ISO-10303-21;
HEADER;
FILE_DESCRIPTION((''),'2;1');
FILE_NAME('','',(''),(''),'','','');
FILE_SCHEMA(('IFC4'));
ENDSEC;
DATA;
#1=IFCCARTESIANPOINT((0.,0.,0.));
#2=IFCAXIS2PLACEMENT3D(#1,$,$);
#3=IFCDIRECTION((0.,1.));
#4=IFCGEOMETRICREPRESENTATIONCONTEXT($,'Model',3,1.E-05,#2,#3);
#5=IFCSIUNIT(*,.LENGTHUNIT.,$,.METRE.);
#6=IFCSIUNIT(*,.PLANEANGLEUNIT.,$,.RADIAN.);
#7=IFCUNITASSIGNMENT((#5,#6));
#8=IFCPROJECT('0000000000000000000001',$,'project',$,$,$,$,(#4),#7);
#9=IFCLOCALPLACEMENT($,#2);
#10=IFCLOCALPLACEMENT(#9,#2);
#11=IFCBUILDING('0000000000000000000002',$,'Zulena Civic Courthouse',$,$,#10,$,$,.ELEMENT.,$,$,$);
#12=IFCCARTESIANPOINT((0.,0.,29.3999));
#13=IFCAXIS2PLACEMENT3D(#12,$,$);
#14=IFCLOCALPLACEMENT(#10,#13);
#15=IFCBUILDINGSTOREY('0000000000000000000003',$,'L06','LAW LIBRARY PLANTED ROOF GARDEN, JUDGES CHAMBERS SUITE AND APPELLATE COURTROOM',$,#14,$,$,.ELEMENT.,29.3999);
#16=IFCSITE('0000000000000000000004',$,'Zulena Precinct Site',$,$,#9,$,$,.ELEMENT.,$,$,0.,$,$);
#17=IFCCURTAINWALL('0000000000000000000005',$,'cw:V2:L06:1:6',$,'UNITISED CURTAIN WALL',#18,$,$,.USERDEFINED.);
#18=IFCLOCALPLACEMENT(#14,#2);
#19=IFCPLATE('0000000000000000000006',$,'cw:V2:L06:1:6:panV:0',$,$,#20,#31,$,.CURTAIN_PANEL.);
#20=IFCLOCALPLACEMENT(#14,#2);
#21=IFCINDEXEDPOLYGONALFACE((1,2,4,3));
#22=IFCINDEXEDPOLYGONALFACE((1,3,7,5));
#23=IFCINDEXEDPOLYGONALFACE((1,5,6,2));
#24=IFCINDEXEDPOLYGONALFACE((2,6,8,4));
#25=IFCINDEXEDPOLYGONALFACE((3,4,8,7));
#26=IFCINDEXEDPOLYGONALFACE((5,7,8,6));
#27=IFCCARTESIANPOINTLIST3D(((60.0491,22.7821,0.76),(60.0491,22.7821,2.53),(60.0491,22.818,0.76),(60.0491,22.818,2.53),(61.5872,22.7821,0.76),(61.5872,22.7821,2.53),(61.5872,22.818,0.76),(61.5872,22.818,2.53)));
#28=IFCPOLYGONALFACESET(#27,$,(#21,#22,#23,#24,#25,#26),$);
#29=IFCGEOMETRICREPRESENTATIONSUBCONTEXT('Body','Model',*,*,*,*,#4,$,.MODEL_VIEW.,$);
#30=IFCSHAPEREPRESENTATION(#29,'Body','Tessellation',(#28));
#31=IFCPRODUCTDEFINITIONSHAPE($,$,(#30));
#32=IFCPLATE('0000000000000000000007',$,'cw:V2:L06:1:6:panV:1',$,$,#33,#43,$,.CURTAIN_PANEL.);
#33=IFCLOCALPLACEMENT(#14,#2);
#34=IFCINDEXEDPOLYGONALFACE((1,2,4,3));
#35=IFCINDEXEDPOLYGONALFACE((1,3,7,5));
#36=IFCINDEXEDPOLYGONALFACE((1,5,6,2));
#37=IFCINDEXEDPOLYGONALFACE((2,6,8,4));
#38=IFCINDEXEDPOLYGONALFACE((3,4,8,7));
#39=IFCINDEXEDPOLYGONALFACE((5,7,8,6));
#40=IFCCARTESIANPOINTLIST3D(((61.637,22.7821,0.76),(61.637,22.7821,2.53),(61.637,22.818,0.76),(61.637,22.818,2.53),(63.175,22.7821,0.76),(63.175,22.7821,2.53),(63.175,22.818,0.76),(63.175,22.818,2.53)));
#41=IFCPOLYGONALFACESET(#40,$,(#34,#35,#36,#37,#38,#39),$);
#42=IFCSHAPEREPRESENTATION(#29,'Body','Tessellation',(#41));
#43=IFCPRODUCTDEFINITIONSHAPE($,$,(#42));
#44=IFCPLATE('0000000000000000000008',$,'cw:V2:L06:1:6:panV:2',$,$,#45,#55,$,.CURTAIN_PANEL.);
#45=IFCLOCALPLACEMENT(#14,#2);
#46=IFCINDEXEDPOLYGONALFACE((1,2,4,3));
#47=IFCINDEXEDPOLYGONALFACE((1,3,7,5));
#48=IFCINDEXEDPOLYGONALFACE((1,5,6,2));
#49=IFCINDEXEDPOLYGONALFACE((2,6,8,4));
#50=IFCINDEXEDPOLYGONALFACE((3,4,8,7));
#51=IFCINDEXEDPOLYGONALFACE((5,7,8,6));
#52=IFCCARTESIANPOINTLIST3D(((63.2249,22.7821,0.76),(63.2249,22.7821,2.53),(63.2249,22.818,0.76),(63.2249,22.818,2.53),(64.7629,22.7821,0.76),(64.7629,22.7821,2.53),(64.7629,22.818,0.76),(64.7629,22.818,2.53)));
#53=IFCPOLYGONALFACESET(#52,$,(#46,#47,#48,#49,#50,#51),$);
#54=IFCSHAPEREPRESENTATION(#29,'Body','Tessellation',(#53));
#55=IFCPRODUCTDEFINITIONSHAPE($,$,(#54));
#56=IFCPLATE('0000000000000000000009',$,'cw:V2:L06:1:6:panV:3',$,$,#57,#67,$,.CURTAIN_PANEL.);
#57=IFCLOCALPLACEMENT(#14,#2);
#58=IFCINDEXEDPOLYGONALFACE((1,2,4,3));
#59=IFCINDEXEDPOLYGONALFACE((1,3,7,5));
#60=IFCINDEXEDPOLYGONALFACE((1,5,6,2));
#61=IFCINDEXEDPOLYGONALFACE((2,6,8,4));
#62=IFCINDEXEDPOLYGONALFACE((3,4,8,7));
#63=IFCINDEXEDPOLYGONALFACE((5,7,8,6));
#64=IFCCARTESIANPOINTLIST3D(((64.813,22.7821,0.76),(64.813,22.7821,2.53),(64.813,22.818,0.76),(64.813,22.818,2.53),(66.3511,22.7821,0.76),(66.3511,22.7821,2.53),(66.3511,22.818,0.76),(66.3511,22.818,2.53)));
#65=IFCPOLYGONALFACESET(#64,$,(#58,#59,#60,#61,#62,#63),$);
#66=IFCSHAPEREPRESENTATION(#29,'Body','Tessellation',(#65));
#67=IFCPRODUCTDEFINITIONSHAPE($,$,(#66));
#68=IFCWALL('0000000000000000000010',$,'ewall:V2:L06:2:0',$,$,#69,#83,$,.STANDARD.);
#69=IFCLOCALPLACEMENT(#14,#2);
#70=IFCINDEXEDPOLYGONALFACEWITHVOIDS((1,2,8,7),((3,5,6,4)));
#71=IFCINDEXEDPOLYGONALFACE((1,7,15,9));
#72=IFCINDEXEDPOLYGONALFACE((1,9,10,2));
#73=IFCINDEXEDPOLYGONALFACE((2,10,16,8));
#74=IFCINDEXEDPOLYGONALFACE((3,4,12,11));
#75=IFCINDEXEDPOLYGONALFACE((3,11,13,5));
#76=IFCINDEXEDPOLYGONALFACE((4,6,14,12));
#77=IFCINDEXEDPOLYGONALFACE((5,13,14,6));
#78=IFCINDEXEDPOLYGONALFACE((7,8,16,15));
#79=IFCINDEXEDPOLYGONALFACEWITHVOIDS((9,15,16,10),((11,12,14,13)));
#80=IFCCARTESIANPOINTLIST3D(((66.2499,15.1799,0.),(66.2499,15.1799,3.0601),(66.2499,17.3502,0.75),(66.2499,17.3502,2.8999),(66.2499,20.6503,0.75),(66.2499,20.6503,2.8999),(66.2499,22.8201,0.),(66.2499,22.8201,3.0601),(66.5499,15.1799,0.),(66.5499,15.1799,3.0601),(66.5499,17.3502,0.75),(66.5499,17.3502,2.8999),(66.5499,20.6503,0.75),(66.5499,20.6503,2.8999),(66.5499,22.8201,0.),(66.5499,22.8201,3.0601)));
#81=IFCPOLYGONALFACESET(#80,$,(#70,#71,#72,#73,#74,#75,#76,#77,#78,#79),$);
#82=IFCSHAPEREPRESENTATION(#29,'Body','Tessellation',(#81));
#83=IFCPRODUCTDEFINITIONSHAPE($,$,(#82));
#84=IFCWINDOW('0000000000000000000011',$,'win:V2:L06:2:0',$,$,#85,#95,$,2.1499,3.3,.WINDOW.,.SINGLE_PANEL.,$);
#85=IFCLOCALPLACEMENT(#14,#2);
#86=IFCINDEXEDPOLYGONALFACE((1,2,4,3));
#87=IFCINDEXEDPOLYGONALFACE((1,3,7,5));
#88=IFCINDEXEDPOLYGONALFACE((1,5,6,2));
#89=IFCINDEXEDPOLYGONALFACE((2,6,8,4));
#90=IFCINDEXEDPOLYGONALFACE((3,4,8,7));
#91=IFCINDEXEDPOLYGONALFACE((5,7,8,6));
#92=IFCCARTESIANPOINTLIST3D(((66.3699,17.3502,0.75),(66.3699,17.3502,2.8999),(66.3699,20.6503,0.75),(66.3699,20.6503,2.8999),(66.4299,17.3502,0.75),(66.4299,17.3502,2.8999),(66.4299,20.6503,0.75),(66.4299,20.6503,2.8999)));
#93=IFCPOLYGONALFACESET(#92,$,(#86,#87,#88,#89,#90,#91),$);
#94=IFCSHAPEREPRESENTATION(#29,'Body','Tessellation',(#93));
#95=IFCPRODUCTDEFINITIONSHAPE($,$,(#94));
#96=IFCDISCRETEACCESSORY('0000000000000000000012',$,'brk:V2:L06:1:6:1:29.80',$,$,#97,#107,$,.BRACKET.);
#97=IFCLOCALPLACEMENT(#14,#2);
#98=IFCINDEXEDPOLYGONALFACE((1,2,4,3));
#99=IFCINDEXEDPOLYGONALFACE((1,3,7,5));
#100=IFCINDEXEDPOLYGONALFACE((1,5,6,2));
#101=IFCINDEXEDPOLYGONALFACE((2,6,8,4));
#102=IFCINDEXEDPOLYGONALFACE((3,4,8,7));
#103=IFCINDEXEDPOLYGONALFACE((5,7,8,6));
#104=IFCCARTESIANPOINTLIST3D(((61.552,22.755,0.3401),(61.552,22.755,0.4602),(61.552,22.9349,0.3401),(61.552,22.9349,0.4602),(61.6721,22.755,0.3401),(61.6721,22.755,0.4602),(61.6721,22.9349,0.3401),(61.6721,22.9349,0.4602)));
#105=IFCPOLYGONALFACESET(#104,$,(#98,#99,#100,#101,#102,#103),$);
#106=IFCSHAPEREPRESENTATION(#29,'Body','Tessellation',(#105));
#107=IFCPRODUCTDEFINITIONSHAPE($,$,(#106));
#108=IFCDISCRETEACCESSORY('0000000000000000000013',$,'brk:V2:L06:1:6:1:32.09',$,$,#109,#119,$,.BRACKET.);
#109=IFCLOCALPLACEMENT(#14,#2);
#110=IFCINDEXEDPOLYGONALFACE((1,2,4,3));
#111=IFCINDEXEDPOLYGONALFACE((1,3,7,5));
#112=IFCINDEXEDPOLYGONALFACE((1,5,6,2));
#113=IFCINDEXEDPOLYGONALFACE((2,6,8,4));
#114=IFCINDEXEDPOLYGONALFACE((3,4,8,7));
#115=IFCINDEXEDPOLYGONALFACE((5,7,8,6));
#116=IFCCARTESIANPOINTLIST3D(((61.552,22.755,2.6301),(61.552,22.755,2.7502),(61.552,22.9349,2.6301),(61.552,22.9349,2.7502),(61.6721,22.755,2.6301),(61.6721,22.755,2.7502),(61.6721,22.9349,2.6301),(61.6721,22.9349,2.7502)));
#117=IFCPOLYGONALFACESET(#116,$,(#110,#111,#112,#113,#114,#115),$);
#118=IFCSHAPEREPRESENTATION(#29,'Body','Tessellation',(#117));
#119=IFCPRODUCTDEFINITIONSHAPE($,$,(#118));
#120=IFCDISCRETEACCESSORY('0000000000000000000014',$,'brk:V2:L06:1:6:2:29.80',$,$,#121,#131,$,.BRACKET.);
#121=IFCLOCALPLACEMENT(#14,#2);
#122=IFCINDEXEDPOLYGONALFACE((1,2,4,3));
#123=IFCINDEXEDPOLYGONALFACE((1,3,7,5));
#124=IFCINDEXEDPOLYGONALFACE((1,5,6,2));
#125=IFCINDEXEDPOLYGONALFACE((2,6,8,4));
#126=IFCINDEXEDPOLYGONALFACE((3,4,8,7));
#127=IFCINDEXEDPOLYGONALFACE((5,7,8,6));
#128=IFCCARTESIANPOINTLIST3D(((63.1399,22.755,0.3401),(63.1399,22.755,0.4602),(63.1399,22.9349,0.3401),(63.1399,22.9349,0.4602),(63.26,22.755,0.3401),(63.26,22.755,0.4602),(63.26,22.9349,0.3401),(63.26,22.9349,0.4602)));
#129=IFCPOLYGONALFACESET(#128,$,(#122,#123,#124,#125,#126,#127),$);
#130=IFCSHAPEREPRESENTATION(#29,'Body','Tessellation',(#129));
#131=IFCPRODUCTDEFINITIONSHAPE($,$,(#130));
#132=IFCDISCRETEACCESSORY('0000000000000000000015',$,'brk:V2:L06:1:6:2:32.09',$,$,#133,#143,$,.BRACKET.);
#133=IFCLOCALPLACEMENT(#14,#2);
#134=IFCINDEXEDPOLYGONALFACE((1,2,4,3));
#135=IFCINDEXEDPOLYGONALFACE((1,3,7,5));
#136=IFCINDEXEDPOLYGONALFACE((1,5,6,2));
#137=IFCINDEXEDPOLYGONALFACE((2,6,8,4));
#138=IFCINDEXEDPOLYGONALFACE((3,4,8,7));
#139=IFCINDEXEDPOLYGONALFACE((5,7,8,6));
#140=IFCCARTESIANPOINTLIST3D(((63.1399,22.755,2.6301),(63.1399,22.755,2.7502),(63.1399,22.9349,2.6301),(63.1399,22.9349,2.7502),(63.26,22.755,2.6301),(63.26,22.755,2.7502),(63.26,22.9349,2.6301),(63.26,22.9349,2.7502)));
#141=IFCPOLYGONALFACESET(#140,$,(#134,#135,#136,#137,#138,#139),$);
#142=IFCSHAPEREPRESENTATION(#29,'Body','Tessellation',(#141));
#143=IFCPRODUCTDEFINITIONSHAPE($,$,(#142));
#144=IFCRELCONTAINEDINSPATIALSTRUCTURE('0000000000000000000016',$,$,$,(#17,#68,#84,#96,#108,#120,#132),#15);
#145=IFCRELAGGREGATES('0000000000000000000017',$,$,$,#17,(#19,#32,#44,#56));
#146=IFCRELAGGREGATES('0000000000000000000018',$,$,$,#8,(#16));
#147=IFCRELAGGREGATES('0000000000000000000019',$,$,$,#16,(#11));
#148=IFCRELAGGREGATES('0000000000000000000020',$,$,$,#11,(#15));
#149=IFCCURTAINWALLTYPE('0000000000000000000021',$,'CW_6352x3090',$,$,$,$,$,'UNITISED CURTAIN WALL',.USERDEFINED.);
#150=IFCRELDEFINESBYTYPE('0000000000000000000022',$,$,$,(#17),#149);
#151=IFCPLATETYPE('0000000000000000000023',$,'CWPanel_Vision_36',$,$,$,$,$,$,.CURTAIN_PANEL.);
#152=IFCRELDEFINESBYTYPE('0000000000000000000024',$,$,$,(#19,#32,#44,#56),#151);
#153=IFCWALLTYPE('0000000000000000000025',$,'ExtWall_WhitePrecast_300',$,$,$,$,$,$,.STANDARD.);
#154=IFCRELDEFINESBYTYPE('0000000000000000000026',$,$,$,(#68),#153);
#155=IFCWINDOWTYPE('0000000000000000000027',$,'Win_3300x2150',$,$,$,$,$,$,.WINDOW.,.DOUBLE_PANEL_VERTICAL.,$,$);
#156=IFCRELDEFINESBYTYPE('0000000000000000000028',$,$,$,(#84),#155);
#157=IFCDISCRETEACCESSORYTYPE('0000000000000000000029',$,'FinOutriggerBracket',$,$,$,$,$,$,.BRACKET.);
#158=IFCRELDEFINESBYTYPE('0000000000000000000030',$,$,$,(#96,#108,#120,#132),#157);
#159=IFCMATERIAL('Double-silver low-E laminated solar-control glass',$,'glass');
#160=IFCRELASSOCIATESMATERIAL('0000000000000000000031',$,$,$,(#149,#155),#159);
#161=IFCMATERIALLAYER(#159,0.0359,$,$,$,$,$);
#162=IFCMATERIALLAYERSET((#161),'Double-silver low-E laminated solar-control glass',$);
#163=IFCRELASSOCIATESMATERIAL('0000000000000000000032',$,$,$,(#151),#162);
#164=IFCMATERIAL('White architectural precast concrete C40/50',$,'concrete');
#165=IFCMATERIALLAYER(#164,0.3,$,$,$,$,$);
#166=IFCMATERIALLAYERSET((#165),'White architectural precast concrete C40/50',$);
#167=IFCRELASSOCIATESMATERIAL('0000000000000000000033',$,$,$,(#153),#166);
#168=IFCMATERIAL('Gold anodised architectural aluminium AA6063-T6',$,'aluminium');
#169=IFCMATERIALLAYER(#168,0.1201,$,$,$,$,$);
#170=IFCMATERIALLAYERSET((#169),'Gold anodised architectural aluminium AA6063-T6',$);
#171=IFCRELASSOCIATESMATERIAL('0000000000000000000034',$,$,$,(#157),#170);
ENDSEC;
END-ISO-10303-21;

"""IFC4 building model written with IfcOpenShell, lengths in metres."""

from ifc_helpers import new_model, si_unit, direction, frame, frame_2d, origin, origin_2d, place, context, subcontext, project, spatial, rectangle, extrude, material, layer, layer_set, type_object, element, fill, aggregate, save


model = new_model("IFC4")

# Units and contexts
model_context = context("Model", 3, precision=1e-05, world=origin(), true_north=direction((0.0, 1.0)))
body_context = subcontext(model_context, "Body", "Model", "MODEL_VIEW")
ifc_project = project(units=[si_unit("LENGTHUNIT", "METRE"), si_unit("PLANEANGLEUNIT", "RADIAN")], contexts=[model_context])

# Site, building, storey
site_placement = place(None, origin())
site = spatial("IfcSite", under=ifc_project, at=site_placement, Name="Zulena Precinct Site", CompositionType="ELEMENT", RefElevation=0.0)
building_placement = place(site_placement, origin())
building = spatial("IfcBuilding", under=site, at=building_placement, Name="Zulena Civic Courthouse", CompositionType="ELEMENT")
storey_placement = place(building_placement, frame((0.0, 0.0, 29.3999)))
storey = spatial("IfcBuildingStorey", under=building, at=storey_placement, Name="L06", Description="LAW LIBRARY PLANTED ROOF GARDEN, JUDGES CHAMBERS SUITE AND APPELLATE COURTROOM", CompositionType="ELEMENT", Elevation=29.3999)

# Shared definitions
ifc_material_1 = material(Name="Double-silver low-E laminated solar-control glass", Category="glass")

# Curtain wall
curtain_wall_type_1 = type_object("IfcCurtainWallType", Name="CW_6352x3090", ElementType="UNITISED CURTAIN WALL", PredefinedType="USERDEFINED", material=ifc_material_1)
curtain_wall_1_placement = place(storey_placement, origin())
curtain_wall_1 = element("IfcCurtainWall", 1, at=curtain_wall_1_placement, inside=storey, type_object=curtain_wall_type_1, Name="cw:V2:L06:1:6", ObjectType="UNITISED CURTAIN WALL", PredefinedType="USERDEFINED")

# Plates
ifc_layer_1 = layer(ifc_material_1, 0.0359)
ifc_layer_set_1 = layer_set([ifc_layer_1], Name="Double-silver low-E laminated solar-control glass")
plate_type_1 = type_object("IfcPlateType", Name="CWPanel_Vision_36", PredefinedType="CURTAIN_PANEL", material=ifc_layer_set_1)
plate_1_placement = place(storey_placement, frame((60.8181, 22.8, 0.76), z_axis=(0.0, 0.0, 1.0), x_axis=(1.0, 0.0, 0.0)))
plate_1 = element("IfcPlate", 2, at=plate_1_placement, type_object=plate_type_1, Name="cw:V2:L06:1:6:panV:0", PredefinedType="CURTAIN_PANEL", context=body_context, shape_type="SweptSolid", body=[
    extrude(rectangle(XDim=1.5381, YDim=0.0359, at=origin_2d()), origin(), (0.0, 0.0, 1.0), 1.77),
])
plate_2_placement = place(storey_placement, frame((62.406, 22.8, 0.76), z_axis=(0.0, 0.0, 1.0), x_axis=(1.0, 0.0, 0.0)))
plate_2 = element("IfcPlate", 3, at=plate_2_placement, type_object=plate_type_1, Name="cw:V2:L06:1:6:panV:1", PredefinedType="CURTAIN_PANEL", context=body_context, shape_type="SweptSolid", body=[
    extrude(rectangle(XDim=1.5381, YDim=0.0359, at=origin_2d()), origin(), (0.0, 0.0, 1.0), 1.77),
])
plate_3_placement = place(storey_placement, frame((63.9939, 22.8, 0.76), z_axis=(0.0, 0.0, 1.0), x_axis=(1.0, 0.0, 0.0)))
plate_3 = element("IfcPlate", 4, at=plate_3_placement, type_object=plate_type_1, Name="cw:V2:L06:1:6:panV:2", PredefinedType="CURTAIN_PANEL", context=body_context, shape_type="SweptSolid", body=[
    extrude(rectangle(XDim=1.5381, YDim=0.0359, at=origin_2d()), origin(), (0.0, 0.0, 1.0), 1.77),
])
plate_4_placement = place(storey_placement, frame((65.582, 22.8, 0.76), z_axis=(0.0, 0.0, 1.0), x_axis=(1.0, 0.0, 0.0)))
plate_4 = element("IfcPlate", 5, at=plate_4_placement, type_object=plate_type_1, Name="cw:V2:L06:1:6:panV:3", PredefinedType="CURTAIN_PANEL", context=body_context, shape_type="SweptSolid", body=[
    extrude(rectangle(XDim=1.5381, YDim=0.0359, at=origin_2d()), origin(), (0.0, 0.0, 1.0), 1.77),
])
aggregate(curtain_wall_1, [plate_1, plate_2, plate_3, plate_4])

# Wall, opening, window
ifc_material_2 = material(Name="White architectural precast concrete C40/50", Category="concrete")
ifc_layer_2 = layer(ifc_material_2, 0.3)
ifc_layer_set_2 = layer_set([ifc_layer_2], Name="White architectural precast concrete C40/50")
wall_type = type_object("IfcWallType", Name="ExtWall_WhitePrecast_300", PredefinedType="STANDARD", material=ifc_layer_set_2)
wall_placement = place(storey_placement, frame((66.3999, 22.8201, 0.0), z_axis=(0.0, 0.0, 1.0), x_axis=(0.0, -1.0, 0.0)))
wall = element("IfcWall", 6, at=wall_placement, inside=storey, type_object=wall_type, Name="ewall:V2:L06:2:0", PredefinedType="STANDARD", context=body_context, shape_type="SweptSolid", body=[
    extrude(rectangle(XDim=7.6401, YDim=0.3, at=frame_2d((3.8201, 0.0))), origin(), (0.0, 0.0, 1.0), 3.0601),
])
opening_placement = place(wall_placement, frame((2.1699, 0.0, 0.75)))
opening = element("IfcOpeningElement", 7, at=opening_placement, cuts=wall, PredefinedType="OPENING", context=body_context, shape_type="SweptSolid", body=[
    extrude(rectangle(XDim=3.3, YDim=2.1499, at=frame_2d((1.6499, 1.075))), frame((0.0, 0.1599, 0.0), z_axis=(0.0, -1.0, 0.0), x_axis=(1.0, 0.0, 0.0)), (0.0, 0.0, 1.0), 0.3201),
])
window_type = type_object("IfcWindowType", Name="Win_3300x2150", PartitioningType="DOUBLE_PANEL_VERTICAL", PredefinedType="WINDOW", material=ifc_material_1)
window_placement = place(opening_placement, origin())
window = element("IfcWindow", 8, at=window_placement, inside=storey, type_object=window_type, Name="win:V2:L06:2:0", OverallHeight=2.1499, OverallWidth=3.3, PartitioningType="SINGLE_PANEL", PredefinedType="WINDOW", context=body_context, shape_type="SweptSolid", body=[
    extrude(rectangle(XDim=3.3, YDim=2.1499, at=frame_2d((1.6499, 1.075))), frame((0.0, 0.03, 0.0), z_axis=(0.0, -1.0, 0.0), x_axis=(1.0, 0.0, 0.0)), (0.0, 0.0, 1.0), 0.0601),
])
fill(opening, window)

# Discrete accessories
ifc_material_3 = material(Name="Gold anodised architectural aluminium AA6063-T6", Category="aluminium")
ifc_layer_3 = layer(ifc_material_3, 0.1201)
ifc_layer_set_3 = layer_set([ifc_layer_3], Name="Gold anodised architectural aluminium AA6063-T6")
discrete_accessory_type = type_object("IfcDiscreteAccessoryType", Name="FinOutriggerBracket", PredefinedType="BRACKET", material=ifc_layer_set_3)
for number, where, z_axis, x_axis, name in (
    (9, (61.6121, 22.845, 0.3401), (0.0, 0.0, 1.0), (0.0, 1.0, 0.0), "brk:V2:L06:1:6:1:29.80"),
    (10, (61.6121, 22.845, 2.6301), (0.0, 0.0, 1.0), (0.0, 1.0, 0.0), "brk:V2:L06:1:6:1:32.09"),
    (11, (63.2, 22.845, 0.3401), (0.0, 0.0, 1.0), (0.0, 1.0, 0.0), "brk:V2:L06:1:6:2:29.80"),
    (12, (63.2, 22.845, 2.6301), (0.0, 0.0, 1.0), (0.0, 1.0, 0.0), "brk:V2:L06:1:6:2:32.09"),
):
    element("IfcDiscreteAccessory", number, at=place(storey_placement, frame(where, z_axis=z_axis, x_axis=x_axis)), inside=storey, type_object=discrete_accessory_type, Name=name, PredefinedType="BRACKET", context=body_context, shape_type="SweptSolid", body=[
        extrude(rectangle(XDim=0.1799, YDim=0.1201, at=origin_2d()), origin(), (0.0, 0.0, 1.0), 0.1201),
    ])

save(model, "model.ifc")
